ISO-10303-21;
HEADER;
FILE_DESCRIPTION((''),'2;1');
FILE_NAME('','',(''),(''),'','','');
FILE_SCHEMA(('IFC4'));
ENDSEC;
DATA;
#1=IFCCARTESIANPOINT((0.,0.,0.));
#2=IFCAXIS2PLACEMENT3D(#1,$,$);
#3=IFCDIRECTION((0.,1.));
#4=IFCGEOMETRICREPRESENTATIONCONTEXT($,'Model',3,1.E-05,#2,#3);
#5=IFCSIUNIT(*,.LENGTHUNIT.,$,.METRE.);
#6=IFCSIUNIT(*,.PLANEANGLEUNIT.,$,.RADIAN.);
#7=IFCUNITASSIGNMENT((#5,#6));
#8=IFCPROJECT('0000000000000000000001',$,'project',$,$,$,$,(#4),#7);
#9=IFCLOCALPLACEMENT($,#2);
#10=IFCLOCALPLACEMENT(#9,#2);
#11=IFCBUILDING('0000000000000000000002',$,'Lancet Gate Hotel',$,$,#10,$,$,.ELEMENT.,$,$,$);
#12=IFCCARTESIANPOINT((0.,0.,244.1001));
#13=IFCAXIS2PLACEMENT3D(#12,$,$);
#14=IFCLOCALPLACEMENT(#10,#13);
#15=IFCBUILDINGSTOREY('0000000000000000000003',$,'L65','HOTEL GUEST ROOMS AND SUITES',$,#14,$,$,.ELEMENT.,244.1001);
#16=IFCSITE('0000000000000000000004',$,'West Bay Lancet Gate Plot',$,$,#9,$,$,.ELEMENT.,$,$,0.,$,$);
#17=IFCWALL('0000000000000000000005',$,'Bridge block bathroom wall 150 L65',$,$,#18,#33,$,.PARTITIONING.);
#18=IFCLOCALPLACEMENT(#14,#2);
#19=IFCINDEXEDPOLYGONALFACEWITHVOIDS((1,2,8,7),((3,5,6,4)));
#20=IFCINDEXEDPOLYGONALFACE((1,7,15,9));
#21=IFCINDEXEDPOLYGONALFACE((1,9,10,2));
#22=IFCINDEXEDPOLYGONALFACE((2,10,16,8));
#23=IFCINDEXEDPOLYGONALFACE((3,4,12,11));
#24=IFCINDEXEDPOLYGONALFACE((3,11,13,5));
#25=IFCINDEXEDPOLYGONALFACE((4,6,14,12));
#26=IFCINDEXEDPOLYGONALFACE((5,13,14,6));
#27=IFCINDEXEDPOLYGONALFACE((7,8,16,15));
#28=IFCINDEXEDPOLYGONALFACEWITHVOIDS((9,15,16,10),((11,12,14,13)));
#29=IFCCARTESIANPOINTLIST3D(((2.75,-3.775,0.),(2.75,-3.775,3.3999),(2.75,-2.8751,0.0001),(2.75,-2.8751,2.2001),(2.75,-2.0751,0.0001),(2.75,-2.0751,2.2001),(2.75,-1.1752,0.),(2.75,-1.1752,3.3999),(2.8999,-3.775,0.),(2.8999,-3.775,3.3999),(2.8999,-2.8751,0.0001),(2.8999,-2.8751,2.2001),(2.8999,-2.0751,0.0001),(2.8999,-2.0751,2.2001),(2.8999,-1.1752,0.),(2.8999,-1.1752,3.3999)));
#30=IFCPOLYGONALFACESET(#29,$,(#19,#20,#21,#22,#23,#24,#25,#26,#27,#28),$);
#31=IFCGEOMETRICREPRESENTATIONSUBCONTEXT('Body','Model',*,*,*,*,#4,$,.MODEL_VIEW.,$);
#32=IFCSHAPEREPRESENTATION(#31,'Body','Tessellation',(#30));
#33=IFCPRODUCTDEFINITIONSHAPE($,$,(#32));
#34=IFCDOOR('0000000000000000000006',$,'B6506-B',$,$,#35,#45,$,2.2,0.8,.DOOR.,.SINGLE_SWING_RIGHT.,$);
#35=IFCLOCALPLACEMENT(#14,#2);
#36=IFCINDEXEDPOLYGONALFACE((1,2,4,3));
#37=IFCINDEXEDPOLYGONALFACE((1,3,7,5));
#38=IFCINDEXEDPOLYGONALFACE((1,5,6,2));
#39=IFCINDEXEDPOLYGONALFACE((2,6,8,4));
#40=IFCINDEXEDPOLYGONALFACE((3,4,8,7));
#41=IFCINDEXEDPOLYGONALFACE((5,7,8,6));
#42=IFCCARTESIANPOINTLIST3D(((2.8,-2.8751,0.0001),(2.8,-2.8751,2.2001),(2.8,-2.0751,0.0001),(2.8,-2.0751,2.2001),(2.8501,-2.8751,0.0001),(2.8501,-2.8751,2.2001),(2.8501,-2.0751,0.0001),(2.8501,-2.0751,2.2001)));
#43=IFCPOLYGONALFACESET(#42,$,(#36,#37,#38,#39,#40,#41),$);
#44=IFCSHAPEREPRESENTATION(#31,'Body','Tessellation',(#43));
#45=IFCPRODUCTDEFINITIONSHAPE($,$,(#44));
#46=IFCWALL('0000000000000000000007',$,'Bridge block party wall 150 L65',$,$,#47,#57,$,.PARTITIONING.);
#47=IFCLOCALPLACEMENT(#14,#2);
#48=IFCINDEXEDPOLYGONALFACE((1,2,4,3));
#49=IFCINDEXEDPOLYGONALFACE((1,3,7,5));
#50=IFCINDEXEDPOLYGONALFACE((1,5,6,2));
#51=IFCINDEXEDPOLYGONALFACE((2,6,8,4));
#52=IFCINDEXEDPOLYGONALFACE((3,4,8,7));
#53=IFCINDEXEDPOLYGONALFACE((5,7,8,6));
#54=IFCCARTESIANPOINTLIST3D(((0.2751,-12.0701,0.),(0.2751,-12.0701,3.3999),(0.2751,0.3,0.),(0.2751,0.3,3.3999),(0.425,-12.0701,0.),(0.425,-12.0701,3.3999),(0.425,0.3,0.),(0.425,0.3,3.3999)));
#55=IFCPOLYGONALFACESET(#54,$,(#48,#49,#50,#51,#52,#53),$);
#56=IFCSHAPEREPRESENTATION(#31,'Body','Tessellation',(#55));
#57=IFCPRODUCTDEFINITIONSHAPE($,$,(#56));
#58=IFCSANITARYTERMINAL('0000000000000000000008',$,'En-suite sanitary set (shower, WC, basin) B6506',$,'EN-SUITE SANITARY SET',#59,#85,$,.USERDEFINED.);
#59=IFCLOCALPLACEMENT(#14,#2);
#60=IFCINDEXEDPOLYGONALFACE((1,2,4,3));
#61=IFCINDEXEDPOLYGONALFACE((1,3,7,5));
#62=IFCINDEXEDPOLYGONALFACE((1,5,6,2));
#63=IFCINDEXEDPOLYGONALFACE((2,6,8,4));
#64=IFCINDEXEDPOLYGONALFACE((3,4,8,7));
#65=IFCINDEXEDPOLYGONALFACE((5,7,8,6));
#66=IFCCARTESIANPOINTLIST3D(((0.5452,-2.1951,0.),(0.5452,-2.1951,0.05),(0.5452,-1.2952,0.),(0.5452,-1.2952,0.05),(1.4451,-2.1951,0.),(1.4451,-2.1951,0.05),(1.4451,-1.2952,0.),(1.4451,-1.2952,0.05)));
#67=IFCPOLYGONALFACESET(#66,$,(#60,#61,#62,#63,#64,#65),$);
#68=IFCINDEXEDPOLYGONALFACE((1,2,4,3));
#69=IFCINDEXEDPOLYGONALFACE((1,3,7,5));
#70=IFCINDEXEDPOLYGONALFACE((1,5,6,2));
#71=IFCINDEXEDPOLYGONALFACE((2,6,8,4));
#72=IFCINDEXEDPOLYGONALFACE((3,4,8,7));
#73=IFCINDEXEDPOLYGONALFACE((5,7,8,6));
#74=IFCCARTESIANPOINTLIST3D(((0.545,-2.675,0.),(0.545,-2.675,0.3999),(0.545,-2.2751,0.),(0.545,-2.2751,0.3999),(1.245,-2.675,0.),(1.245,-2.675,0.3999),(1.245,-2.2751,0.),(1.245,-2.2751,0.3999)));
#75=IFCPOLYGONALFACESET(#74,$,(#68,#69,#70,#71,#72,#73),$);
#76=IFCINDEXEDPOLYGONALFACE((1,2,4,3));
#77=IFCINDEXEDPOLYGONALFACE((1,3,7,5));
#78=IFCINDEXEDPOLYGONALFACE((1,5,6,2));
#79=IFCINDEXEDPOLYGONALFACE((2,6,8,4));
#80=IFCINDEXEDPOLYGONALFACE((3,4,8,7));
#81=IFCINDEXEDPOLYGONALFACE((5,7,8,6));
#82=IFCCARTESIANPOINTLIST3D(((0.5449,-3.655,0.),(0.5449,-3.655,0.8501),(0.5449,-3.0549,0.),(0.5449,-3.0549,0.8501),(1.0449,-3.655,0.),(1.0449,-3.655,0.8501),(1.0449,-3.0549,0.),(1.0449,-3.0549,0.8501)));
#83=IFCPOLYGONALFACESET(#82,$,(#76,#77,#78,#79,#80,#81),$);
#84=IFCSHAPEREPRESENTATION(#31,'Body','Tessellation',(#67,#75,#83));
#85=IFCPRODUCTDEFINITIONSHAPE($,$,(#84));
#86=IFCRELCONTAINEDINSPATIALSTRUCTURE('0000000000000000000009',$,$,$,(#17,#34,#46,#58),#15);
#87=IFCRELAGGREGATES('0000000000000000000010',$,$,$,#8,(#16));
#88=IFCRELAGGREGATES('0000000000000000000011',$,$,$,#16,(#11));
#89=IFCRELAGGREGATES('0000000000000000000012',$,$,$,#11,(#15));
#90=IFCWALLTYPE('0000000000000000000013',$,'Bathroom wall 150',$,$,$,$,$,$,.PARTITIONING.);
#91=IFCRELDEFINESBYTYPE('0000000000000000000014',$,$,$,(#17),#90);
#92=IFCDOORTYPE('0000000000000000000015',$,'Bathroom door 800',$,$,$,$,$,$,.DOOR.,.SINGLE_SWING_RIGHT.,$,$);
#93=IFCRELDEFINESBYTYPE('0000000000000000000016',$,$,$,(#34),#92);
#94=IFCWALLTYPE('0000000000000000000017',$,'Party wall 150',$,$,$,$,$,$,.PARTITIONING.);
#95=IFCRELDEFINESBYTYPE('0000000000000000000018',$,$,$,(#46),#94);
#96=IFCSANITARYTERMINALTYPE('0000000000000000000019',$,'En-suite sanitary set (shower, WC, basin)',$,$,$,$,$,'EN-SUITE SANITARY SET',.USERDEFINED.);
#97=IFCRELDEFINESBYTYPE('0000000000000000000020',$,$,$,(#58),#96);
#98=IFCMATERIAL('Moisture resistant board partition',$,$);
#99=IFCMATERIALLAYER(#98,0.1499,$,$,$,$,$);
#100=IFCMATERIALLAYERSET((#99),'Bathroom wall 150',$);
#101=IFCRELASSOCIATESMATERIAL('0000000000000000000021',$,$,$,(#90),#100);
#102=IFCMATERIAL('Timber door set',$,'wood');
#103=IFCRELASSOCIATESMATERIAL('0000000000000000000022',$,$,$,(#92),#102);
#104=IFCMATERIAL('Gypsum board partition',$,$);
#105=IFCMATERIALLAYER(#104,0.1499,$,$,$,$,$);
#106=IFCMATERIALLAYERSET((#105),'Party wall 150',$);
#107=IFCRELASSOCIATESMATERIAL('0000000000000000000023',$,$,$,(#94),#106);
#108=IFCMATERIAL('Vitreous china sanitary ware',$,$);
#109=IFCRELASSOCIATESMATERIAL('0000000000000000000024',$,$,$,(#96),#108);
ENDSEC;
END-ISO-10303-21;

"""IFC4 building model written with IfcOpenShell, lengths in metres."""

from ifc_helpers import new_model, si_unit, direction, frame, frame_2d, origin, origin_2d, place, context, subcontext, project, spatial, rectangle, extrude, material, layer, layer_set, type_object, element, fill, save


model = new_model("IFC4")

# Units and contexts
model_context = context("Model", 3, precision=1e-05, world=origin(), true_north=direction((0.0, 1.0)))
body_context = subcontext(model_context, "Body", "Model", "MODEL_VIEW")
ifc_project = project(units=[si_unit("LENGTHUNIT", "METRE"), si_unit("PLANEANGLEUNIT", "RADIAN")], contexts=[model_context])

# Site, building, storey
site_placement = place(None, origin())
site = spatial("IfcSite", under=ifc_project, at=site_placement, Name="West Bay Lancet Gate Plot", CompositionType="ELEMENT", RefElevation=0.0)
building_placement = place(site_placement, origin())
building = spatial("IfcBuilding", under=site, at=building_placement, Name="Lancet Gate Hotel", CompositionType="ELEMENT")
storey_placement = place(building_placement, frame((0.0, 0.0, 244.1001)))
storey = spatial("IfcBuildingStorey", under=building, at=storey_placement, Name="L65", Description="HOTEL GUEST ROOMS AND SUITES", CompositionType="ELEMENT", Elevation=244.1001)

# Shared definitions
ifc_material_1 = material(Name="Moisture resistant board partition")
ifc_layer_1 = layer(ifc_material_1, 0.1499)
ifc_layer_set_1 = layer_set([ifc_layer_1], Name="Bathroom wall 150")
wall_type_1 = type_object("IfcWallType", Name="Bathroom wall 150", PredefinedType="PARTITIONING", material=ifc_layer_set_1)

# Wall, opening, door
wall_1_placement = place(storey_placement, frame((2.825, -3.7749, 0.0), z_axis=(0.0, 0.0, 1.0), x_axis=(0.0, 1.0, 0.0)))
wall_1 = element("IfcWall", 1, at=wall_1_placement, inside=storey, type_object=wall_type_1, Name="Bridge block bathroom wall 150 L65", PredefinedType="PARTITIONING", context=body_context, shape_type="SweptSolid", body=[
    extrude(rectangle(XDim=2.5999, YDim=0.1499, at=frame_2d((1.2998, 0.0))), origin(), (0.0, 0.0, 1.0), 3.3999),
])
opening_placement = place(wall_1_placement, frame((0.8999, 0.0, 0.0)))
opening = element("IfcOpeningElement", 2, at=opening_placement, cuts=wall_1, PredefinedType="OPENING", context=body_context, shape_type="SweptSolid", body=[
    extrude(rectangle(XDim=0.8, YDim=2.2, at=frame_2d((0.3999, 1.1001))), frame((0.0, 0.085, 0.0), z_axis=(0.0, -1.0, 0.0), x_axis=(1.0, 0.0, 0.0)), (0.0, 0.0, 1.0), 0.1699),
])
ifc_material_2 = material(Name="Timber door set", Category="wood")
door_type = type_object("IfcDoorType", Name="Bathroom door 800", OperationType="SINGLE_SWING_RIGHT", PredefinedType="DOOR", material=ifc_material_2)
door_placement = place(opening_placement, origin())
door = element("IfcDoor", 3, at=door_placement, inside=storey, type_object=door_type, Name="B6506-B", OperationType="SINGLE_SWING_RIGHT", OverallHeight=2.2, OverallWidth=0.8, PredefinedType="DOOR", context=body_context, shape_type="SweptSolid", body=[
    extrude(rectangle(XDim=0.8, YDim=2.2, at=frame_2d((0.3999, 1.1001))), frame((0.0, 0.0249, 0.0), z_axis=(0.0, -1.0, 0.0), x_axis=(1.0, 0.0, 0.0)), (0.0, 0.0, 1.0), 0.05),
])
fill(opening, door)

# Wall
ifc_material_3 = material(Name="Gypsum board partition")
ifc_layer_2 = layer(ifc_material_3, 0.1499)
ifc_layer_set_2 = layer_set([ifc_layer_2], Name="Party wall 150")
wall_type_2 = type_object("IfcWallType", Name="Party wall 150", PredefinedType="PARTITIONING", material=ifc_layer_set_2)
wall_2_placement = place(storey_placement, frame((0.3501, -12.0701, 0.0), z_axis=(0.0, 0.0, 1.0), x_axis=(0.0, 1.0, 0.0)))
element("IfcWall", 4, at=wall_2_placement, inside=storey, type_object=wall_type_2, Name="Bridge block party wall 150 L65", PredefinedType="PARTITIONING", context=body_context, shape_type="SweptSolid", body=[
    extrude(rectangle(XDim=12.3701, YDim=0.1499, at=frame_2d((6.1851, 0.0))), origin(), (0.0, 0.0, 1.0), 3.3999),
])

# Sanitary terminal
ifc_material_4 = material(Name="Vitreous china sanitary ware")
sanitary_terminal_type = type_object("IfcSanitaryTerminalType", Name="En-suite sanitary set (shower, WC, basin)", ElementType="EN-SUITE SANITARY SET", PredefinedType="USERDEFINED", material=ifc_material_4)
sanitary_terminal_placement = place(storey_placement, frame((0.9951, -1.7451, 0.0), z_axis=(0.0, 0.0, 1.0), x_axis=(1.0, 0.0, 0.0)))
element("IfcSanitaryTerminal", 5, at=sanitary_terminal_placement, inside=storey, type_object=sanitary_terminal_type, Name="En-suite sanitary set (shower, WC, basin) B6506", ObjectType="EN-SUITE SANITARY SET", PredefinedType="USERDEFINED", context=body_context, shape_type="SweptSolid", body=[
    extrude(rectangle(XDim=0.8999, YDim=0.8999, at=origin_2d()), frame((0.0, 0.0, 0.0), z_axis=(0.0, 0.0, 1.0), x_axis=(0.0, 1.0, 0.0)), (0.0, 0.0, 1.0), 0.05),
    extrude(rectangle(XDim=0.3999, YDim=0.7, at=origin_2d()), frame((-0.1001, -0.73, 0.0), z_axis=(0.0, 0.0, 1.0), x_axis=(0.0, 1.0, 0.0)), (0.0, 0.0, 1.0), 0.3999),
    extrude(rectangle(XDim=0.6001, YDim=0.5, at=origin_2d()), frame((-0.2002, -1.6099, 0.0), z_axis=(0.0, 0.0, 1.0), x_axis=(0.0, 1.0, 0.0)), (0.0, 0.0, 1.0), 0.8501),
])

save(model, "model.ifc")
